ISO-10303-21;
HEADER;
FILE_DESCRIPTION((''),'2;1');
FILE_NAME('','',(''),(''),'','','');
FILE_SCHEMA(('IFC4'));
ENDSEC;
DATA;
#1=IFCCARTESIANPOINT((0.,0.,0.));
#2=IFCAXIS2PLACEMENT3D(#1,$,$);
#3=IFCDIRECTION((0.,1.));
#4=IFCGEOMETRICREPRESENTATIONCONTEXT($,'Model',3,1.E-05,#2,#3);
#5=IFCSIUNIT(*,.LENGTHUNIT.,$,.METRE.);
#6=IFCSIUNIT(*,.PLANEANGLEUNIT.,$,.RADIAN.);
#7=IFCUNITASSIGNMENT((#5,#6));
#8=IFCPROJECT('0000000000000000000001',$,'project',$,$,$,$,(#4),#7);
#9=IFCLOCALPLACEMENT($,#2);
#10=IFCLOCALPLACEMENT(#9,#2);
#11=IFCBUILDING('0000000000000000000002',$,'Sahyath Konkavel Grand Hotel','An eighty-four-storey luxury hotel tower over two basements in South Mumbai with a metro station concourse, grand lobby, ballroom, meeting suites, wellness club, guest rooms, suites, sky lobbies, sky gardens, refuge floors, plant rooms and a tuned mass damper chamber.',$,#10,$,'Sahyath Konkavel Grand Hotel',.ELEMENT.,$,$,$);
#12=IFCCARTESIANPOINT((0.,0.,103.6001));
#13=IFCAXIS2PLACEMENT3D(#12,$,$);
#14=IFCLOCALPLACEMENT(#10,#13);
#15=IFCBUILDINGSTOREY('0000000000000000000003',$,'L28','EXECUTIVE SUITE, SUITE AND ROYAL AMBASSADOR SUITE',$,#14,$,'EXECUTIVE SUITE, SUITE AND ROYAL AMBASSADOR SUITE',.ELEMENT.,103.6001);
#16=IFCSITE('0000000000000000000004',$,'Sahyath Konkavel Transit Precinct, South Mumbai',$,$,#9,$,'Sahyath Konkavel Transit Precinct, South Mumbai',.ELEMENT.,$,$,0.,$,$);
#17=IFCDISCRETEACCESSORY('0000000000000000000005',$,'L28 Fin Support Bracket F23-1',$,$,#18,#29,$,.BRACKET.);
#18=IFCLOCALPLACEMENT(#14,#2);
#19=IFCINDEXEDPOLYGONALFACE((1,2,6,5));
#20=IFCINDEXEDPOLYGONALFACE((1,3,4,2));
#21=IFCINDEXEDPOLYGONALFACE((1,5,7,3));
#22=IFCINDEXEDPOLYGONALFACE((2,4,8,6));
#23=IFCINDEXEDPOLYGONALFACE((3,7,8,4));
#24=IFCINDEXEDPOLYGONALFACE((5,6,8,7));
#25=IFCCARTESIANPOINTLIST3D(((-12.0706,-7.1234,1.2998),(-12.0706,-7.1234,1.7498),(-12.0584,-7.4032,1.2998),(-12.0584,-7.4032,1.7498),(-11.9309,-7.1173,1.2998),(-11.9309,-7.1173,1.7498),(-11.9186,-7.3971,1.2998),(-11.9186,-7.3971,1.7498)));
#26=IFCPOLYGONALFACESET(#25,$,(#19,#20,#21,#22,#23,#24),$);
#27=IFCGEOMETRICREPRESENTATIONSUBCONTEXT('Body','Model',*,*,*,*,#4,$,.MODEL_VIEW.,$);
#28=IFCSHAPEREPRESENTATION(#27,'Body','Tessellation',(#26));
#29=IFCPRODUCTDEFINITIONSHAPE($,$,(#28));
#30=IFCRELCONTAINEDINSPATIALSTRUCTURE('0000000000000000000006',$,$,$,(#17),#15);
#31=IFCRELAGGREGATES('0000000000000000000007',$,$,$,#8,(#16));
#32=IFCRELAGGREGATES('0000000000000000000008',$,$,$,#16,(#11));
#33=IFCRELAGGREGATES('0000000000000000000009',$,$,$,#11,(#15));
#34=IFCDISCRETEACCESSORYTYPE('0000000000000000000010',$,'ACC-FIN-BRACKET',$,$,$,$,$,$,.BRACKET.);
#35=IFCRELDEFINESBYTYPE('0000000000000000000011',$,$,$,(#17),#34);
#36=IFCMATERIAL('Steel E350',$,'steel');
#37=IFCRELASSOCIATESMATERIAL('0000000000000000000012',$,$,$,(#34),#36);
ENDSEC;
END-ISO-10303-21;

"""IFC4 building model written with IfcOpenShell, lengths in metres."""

from ifc_helpers import new_model, si_unit, direction, frame, origin, origin_2d, place, context, subcontext, project, spatial, rectangle, extrude, source, transform, mapped, material, type_object, element, save


model = new_model("IFC4")

# Units and contexts
model_context = context("Model", 3, precision=1e-05, world=origin(), true_north=direction((0.0, 1.0)))
body_context = subcontext(model_context, "Body", "Model", "MODEL_VIEW")
ifc_project = project(units=[si_unit("LENGTHUNIT", "METRE"), si_unit("PLANEANGLEUNIT", "RADIAN")], contexts=[model_context])

# Site, building, storey
site_placement = place(None, origin())
site = spatial("IfcSite", under=ifc_project, at=site_placement, Name="Sahyath Konkavel Transit Precinct, South Mumbai", LongName="Sahyath Konkavel Transit Precinct, South Mumbai", CompositionType="ELEMENT", RefElevation=0.0)
building_placement = place(site_placement, origin())
building = spatial("IfcBuilding", under=site, at=building_placement, Name="Sahyath Konkavel Grand Hotel", Description="An eighty-four-storey luxury hotel tower over two basements in South Mumbai with a metro station concourse, grand lobby, ballroom, meeting suites, wellness club, guest rooms, suites, sky lobbies, sky gardens, refuge floors, plant rooms and a tuned mass damper chamber.", LongName="Sahyath Konkavel Grand Hotel", CompositionType="ELEMENT")
storey_placement = place(building_placement, frame((0.0, 0.0, 103.6001)))
storey = spatial("IfcBuildingStorey", under=building, at=storey_placement, Name="L28", Description="EXECUTIVE SUITE, SUITE AND ROYAL AMBASSADOR SUITE", LongName="EXECUTIVE SUITE, SUITE AND ROYAL AMBASSADOR SUITE", CompositionType="ELEMENT", Elevation=103.6001)

# Shared definitions
ifc_material_1 = material(Name="Steel E350", Category="steel")

# Discrete accessory
discrete_accessory_type = type_object("IfcDiscreteAccessoryType", Name="ACC-FIN-BRACKET", PredefinedType="BRACKET", material=ifc_material_1)
shared_shape_1 = source(origin(), body_context, "Body", "SweptSolid", [
    extrude(rectangle(XDim=0.28, YDim=0.1399, at=origin_2d()), origin(), (0.0, 0.0, 1.0), 0.45),
])
discrete_accessory_placement = place(storey_placement, frame((-11.9946, -7.2603, 1.2998), z_axis=(0.0, 0.0, 1.0), x_axis=(0.043619, -0.999048, 0.0)))
element("IfcDiscreteAccessory", 1, at=discrete_accessory_placement, inside=storey, type_object=discrete_accessory_type, Name="L28 Fin Support Bracket F23-1", PredefinedType="BRACKET", context=body_context, shape_type="MappedRepresentation", body=[
    mapped(shared_shape_1, transform((0.0, 0.0, 0.0), scale=1.0)),
])

save(model, "model.ifc")
